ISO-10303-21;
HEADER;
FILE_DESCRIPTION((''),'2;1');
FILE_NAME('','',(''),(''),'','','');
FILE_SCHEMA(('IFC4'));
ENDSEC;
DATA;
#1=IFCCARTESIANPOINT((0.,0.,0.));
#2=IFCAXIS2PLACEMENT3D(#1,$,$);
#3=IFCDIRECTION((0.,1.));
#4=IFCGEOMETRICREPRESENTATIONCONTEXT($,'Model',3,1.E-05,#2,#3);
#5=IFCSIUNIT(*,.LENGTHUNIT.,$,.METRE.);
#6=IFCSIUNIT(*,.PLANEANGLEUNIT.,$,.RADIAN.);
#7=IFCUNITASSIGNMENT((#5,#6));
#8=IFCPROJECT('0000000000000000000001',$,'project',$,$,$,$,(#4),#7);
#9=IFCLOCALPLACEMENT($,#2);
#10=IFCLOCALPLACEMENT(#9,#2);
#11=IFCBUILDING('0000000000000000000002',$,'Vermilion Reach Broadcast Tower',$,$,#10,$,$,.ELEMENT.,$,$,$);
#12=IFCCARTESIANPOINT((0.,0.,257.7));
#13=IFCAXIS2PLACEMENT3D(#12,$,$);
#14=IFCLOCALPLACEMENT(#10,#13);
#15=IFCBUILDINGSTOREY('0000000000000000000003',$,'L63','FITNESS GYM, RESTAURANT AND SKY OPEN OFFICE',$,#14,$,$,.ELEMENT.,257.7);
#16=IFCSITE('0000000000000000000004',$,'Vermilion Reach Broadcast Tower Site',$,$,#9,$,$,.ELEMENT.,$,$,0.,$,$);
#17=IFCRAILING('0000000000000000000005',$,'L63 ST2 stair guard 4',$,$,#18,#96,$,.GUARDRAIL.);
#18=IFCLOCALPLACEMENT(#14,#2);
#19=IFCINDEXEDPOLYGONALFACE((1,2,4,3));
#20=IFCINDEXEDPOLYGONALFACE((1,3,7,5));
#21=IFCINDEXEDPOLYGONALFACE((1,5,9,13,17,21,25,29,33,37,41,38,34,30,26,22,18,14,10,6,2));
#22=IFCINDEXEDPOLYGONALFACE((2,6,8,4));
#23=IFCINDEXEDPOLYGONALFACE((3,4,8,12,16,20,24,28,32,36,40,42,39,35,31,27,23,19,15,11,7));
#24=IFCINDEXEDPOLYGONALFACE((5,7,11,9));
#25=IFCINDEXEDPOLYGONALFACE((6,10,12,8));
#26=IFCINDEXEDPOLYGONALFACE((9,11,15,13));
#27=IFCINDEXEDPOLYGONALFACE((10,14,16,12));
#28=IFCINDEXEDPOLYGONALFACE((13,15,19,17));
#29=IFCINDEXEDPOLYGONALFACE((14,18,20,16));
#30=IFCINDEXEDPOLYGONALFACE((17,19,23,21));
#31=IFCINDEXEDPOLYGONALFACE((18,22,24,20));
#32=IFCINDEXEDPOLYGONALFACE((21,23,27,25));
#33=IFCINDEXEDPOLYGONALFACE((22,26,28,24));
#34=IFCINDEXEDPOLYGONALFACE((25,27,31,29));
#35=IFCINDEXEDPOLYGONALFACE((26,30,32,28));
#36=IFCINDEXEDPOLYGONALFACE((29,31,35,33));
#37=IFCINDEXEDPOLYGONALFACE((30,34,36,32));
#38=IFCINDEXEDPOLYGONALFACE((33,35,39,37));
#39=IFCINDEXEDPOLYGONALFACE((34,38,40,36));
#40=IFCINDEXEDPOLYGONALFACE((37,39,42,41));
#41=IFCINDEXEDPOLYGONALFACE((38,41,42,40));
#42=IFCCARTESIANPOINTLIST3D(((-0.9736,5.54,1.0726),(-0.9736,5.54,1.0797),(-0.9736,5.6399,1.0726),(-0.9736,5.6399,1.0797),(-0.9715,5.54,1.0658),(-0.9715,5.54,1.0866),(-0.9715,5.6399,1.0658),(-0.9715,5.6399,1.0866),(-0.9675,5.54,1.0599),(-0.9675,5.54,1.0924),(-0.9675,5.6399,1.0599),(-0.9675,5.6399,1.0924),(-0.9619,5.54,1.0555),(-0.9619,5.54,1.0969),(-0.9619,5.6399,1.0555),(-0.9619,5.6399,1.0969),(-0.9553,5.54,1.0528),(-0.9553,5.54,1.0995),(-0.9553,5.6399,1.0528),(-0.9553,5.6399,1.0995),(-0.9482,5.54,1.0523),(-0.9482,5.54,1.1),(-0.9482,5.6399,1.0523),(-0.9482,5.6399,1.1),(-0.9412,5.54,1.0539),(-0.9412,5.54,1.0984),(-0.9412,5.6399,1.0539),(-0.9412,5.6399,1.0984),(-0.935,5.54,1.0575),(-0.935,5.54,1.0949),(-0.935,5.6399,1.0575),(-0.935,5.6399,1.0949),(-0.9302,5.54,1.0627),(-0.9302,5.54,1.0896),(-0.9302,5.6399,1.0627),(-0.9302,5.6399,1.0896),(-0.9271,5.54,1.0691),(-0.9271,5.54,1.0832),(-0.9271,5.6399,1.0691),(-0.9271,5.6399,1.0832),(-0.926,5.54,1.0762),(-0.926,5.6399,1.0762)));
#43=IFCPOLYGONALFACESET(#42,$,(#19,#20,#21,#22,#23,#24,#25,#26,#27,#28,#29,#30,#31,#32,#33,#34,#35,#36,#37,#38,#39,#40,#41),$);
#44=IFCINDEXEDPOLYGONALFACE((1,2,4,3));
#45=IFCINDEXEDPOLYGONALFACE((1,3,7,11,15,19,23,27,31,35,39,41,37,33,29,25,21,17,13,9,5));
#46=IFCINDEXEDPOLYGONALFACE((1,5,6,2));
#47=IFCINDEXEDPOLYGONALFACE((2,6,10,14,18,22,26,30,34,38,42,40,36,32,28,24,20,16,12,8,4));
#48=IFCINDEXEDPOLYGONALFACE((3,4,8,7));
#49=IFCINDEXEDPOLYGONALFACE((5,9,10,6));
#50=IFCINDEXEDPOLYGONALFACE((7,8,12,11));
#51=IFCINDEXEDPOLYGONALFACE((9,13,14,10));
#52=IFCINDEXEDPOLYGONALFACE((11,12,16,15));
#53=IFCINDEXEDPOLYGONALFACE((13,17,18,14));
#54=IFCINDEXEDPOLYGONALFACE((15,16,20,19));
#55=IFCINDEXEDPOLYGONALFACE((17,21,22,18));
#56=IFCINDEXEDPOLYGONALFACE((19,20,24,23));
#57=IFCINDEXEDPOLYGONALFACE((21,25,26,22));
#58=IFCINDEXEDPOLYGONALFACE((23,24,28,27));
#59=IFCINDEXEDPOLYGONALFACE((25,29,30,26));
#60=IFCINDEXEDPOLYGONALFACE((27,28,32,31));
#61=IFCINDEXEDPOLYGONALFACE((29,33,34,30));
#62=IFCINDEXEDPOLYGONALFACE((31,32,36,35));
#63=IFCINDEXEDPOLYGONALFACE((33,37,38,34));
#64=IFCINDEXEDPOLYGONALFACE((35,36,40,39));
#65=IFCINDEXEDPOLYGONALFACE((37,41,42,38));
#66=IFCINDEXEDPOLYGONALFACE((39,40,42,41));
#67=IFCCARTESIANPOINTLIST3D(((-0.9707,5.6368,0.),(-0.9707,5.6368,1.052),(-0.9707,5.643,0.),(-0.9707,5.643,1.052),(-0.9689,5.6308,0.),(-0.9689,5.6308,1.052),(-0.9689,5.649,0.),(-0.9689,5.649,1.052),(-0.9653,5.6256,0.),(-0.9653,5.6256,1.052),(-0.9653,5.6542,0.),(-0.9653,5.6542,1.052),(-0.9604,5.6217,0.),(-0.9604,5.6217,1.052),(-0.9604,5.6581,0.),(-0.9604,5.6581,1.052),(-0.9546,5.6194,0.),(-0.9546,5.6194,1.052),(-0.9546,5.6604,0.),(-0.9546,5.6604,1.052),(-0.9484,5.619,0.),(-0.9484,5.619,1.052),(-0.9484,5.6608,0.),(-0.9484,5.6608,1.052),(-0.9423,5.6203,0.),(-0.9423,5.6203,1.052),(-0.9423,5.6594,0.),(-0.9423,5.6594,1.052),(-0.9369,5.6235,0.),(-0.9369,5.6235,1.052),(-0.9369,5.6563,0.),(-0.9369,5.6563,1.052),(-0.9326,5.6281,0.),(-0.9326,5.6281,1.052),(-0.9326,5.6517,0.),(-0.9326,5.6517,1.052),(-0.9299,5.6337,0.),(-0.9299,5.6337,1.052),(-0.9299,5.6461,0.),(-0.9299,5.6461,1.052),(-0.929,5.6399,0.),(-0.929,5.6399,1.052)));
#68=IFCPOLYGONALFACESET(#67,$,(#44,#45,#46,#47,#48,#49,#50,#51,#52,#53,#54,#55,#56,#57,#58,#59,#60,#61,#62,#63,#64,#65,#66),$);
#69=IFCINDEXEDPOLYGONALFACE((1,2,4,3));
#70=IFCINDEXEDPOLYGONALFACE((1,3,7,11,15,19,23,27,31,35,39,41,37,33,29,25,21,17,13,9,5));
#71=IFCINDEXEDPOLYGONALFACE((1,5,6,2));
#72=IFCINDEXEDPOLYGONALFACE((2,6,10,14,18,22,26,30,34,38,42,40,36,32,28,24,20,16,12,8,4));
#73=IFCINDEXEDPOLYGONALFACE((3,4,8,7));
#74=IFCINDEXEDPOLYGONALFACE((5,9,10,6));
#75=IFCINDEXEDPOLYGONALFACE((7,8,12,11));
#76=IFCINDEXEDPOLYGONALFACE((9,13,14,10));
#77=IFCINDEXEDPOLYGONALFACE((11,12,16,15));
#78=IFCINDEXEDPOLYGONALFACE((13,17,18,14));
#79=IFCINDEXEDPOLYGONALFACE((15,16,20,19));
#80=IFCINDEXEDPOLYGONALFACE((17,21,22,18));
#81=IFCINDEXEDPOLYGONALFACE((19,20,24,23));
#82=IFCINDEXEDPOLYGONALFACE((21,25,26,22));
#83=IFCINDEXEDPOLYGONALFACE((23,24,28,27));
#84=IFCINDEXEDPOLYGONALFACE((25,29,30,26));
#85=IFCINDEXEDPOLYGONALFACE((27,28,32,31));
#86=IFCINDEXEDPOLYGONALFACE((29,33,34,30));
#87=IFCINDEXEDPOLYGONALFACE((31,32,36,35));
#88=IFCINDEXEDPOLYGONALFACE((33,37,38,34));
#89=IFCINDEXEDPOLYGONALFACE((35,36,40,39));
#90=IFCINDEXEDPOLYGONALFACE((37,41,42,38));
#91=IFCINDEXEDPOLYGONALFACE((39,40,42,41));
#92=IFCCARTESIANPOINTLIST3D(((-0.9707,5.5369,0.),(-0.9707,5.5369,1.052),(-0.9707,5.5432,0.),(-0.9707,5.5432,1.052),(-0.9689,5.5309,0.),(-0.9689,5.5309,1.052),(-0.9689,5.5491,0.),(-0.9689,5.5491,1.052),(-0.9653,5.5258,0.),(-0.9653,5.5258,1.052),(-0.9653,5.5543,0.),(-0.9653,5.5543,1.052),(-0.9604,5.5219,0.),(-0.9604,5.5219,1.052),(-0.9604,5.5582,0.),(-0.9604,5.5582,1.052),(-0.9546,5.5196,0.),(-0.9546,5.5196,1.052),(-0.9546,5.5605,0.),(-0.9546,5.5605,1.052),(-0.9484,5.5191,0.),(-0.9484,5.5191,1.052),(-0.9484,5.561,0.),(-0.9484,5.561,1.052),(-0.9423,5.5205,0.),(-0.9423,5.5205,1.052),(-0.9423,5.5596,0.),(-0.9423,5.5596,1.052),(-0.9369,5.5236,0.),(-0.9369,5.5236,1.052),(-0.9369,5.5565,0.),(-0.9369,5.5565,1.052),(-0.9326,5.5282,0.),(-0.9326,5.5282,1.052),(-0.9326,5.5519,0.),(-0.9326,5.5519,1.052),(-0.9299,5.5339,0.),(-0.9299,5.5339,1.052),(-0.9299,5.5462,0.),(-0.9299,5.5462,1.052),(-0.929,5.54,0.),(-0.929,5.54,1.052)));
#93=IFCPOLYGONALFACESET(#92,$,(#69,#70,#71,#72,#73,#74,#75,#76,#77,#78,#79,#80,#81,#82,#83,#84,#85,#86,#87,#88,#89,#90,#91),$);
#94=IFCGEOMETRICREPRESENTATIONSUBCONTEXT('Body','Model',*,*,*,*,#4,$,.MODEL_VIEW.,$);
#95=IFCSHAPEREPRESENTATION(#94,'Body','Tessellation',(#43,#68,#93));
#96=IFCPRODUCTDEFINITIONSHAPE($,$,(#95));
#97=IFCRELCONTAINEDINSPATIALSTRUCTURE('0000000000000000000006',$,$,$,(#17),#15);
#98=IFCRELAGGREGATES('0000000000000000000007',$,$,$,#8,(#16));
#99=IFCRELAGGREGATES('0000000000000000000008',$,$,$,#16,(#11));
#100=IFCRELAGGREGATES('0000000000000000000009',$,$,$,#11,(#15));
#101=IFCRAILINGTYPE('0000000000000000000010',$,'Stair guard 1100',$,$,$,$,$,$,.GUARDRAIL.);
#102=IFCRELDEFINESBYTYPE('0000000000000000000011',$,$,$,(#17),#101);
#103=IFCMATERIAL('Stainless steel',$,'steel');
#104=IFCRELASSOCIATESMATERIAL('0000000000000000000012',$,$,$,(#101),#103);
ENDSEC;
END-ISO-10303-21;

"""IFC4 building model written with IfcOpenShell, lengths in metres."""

from ifc_helpers import new_model, si_unit, direction, frame, origin, origin_2d, place, context, subcontext, project, spatial, circle, extrude, material, type_object, element, save


model = new_model("IFC4")

# Units and contexts
model_context = context("Model", 3, precision=1e-05, world=origin(), true_north=direction((0.0, 1.0)))
body_context = subcontext(model_context, "Body", "Model", "MODEL_VIEW")
ifc_project = project(units=[si_unit("LENGTHUNIT", "METRE"), si_unit("PLANEANGLEUNIT", "RADIAN")], contexts=[model_context])

# Site, building, storey
site_placement = place(None, origin())
site = spatial("IfcSite", under=ifc_project, at=site_placement, Name="Vermilion Reach Broadcast Tower Site", CompositionType="ELEMENT", RefElevation=0.0)
building_placement = place(site_placement, origin())
building = spatial("IfcBuilding", under=site, at=building_placement, Name="Vermilion Reach Broadcast Tower", CompositionType="ELEMENT")
storey_placement = place(building_placement, frame((0.0, 0.0, 257.7)))
storey = spatial("IfcBuildingStorey", under=building, at=storey_placement, Name="L63", Description="FITNESS GYM, RESTAURANT AND SKY OPEN OFFICE", CompositionType="ELEMENT", Elevation=257.7)

# Railing
ifc_material_1 = material(Name="Stainless steel", Category="steel")
railing_type_1 = type_object("IfcRailingType", Name="Stair guard 1100", PredefinedType="GUARDRAIL", material=ifc_material_1)
railing_1_placement = place(storey_placement, frame((-0.95, 5.6399, 0.0)))
element("IfcRailing", 1, at=railing_1_placement, inside=storey, type_object=railing_type_1, Name="L63 ST2 stair guard 4", PredefinedType="GUARDRAIL", context=body_context, shape_type="SweptSolid", body=[
    extrude(circle(Radius=0.0239, at=origin_2d()), frame((0.0, 0.0, 1.0762), z_axis=(0.0, -1.0, 0.0), x_axis=(1.0, 0.0, 0.0)), (0.0, 0.0, 1.0), 0.0999),
    extrude(circle(Radius=0.021, at=origin_2d()), origin(), (0.0, 0.0, 1.0), 1.052),
    extrude(circle(Radius=0.021, at=origin_2d()), frame((0.0, -0.0999, 0.0)), (0.0, 0.0, 1.0), 1.052),
])

save(model, "model.ifc")
